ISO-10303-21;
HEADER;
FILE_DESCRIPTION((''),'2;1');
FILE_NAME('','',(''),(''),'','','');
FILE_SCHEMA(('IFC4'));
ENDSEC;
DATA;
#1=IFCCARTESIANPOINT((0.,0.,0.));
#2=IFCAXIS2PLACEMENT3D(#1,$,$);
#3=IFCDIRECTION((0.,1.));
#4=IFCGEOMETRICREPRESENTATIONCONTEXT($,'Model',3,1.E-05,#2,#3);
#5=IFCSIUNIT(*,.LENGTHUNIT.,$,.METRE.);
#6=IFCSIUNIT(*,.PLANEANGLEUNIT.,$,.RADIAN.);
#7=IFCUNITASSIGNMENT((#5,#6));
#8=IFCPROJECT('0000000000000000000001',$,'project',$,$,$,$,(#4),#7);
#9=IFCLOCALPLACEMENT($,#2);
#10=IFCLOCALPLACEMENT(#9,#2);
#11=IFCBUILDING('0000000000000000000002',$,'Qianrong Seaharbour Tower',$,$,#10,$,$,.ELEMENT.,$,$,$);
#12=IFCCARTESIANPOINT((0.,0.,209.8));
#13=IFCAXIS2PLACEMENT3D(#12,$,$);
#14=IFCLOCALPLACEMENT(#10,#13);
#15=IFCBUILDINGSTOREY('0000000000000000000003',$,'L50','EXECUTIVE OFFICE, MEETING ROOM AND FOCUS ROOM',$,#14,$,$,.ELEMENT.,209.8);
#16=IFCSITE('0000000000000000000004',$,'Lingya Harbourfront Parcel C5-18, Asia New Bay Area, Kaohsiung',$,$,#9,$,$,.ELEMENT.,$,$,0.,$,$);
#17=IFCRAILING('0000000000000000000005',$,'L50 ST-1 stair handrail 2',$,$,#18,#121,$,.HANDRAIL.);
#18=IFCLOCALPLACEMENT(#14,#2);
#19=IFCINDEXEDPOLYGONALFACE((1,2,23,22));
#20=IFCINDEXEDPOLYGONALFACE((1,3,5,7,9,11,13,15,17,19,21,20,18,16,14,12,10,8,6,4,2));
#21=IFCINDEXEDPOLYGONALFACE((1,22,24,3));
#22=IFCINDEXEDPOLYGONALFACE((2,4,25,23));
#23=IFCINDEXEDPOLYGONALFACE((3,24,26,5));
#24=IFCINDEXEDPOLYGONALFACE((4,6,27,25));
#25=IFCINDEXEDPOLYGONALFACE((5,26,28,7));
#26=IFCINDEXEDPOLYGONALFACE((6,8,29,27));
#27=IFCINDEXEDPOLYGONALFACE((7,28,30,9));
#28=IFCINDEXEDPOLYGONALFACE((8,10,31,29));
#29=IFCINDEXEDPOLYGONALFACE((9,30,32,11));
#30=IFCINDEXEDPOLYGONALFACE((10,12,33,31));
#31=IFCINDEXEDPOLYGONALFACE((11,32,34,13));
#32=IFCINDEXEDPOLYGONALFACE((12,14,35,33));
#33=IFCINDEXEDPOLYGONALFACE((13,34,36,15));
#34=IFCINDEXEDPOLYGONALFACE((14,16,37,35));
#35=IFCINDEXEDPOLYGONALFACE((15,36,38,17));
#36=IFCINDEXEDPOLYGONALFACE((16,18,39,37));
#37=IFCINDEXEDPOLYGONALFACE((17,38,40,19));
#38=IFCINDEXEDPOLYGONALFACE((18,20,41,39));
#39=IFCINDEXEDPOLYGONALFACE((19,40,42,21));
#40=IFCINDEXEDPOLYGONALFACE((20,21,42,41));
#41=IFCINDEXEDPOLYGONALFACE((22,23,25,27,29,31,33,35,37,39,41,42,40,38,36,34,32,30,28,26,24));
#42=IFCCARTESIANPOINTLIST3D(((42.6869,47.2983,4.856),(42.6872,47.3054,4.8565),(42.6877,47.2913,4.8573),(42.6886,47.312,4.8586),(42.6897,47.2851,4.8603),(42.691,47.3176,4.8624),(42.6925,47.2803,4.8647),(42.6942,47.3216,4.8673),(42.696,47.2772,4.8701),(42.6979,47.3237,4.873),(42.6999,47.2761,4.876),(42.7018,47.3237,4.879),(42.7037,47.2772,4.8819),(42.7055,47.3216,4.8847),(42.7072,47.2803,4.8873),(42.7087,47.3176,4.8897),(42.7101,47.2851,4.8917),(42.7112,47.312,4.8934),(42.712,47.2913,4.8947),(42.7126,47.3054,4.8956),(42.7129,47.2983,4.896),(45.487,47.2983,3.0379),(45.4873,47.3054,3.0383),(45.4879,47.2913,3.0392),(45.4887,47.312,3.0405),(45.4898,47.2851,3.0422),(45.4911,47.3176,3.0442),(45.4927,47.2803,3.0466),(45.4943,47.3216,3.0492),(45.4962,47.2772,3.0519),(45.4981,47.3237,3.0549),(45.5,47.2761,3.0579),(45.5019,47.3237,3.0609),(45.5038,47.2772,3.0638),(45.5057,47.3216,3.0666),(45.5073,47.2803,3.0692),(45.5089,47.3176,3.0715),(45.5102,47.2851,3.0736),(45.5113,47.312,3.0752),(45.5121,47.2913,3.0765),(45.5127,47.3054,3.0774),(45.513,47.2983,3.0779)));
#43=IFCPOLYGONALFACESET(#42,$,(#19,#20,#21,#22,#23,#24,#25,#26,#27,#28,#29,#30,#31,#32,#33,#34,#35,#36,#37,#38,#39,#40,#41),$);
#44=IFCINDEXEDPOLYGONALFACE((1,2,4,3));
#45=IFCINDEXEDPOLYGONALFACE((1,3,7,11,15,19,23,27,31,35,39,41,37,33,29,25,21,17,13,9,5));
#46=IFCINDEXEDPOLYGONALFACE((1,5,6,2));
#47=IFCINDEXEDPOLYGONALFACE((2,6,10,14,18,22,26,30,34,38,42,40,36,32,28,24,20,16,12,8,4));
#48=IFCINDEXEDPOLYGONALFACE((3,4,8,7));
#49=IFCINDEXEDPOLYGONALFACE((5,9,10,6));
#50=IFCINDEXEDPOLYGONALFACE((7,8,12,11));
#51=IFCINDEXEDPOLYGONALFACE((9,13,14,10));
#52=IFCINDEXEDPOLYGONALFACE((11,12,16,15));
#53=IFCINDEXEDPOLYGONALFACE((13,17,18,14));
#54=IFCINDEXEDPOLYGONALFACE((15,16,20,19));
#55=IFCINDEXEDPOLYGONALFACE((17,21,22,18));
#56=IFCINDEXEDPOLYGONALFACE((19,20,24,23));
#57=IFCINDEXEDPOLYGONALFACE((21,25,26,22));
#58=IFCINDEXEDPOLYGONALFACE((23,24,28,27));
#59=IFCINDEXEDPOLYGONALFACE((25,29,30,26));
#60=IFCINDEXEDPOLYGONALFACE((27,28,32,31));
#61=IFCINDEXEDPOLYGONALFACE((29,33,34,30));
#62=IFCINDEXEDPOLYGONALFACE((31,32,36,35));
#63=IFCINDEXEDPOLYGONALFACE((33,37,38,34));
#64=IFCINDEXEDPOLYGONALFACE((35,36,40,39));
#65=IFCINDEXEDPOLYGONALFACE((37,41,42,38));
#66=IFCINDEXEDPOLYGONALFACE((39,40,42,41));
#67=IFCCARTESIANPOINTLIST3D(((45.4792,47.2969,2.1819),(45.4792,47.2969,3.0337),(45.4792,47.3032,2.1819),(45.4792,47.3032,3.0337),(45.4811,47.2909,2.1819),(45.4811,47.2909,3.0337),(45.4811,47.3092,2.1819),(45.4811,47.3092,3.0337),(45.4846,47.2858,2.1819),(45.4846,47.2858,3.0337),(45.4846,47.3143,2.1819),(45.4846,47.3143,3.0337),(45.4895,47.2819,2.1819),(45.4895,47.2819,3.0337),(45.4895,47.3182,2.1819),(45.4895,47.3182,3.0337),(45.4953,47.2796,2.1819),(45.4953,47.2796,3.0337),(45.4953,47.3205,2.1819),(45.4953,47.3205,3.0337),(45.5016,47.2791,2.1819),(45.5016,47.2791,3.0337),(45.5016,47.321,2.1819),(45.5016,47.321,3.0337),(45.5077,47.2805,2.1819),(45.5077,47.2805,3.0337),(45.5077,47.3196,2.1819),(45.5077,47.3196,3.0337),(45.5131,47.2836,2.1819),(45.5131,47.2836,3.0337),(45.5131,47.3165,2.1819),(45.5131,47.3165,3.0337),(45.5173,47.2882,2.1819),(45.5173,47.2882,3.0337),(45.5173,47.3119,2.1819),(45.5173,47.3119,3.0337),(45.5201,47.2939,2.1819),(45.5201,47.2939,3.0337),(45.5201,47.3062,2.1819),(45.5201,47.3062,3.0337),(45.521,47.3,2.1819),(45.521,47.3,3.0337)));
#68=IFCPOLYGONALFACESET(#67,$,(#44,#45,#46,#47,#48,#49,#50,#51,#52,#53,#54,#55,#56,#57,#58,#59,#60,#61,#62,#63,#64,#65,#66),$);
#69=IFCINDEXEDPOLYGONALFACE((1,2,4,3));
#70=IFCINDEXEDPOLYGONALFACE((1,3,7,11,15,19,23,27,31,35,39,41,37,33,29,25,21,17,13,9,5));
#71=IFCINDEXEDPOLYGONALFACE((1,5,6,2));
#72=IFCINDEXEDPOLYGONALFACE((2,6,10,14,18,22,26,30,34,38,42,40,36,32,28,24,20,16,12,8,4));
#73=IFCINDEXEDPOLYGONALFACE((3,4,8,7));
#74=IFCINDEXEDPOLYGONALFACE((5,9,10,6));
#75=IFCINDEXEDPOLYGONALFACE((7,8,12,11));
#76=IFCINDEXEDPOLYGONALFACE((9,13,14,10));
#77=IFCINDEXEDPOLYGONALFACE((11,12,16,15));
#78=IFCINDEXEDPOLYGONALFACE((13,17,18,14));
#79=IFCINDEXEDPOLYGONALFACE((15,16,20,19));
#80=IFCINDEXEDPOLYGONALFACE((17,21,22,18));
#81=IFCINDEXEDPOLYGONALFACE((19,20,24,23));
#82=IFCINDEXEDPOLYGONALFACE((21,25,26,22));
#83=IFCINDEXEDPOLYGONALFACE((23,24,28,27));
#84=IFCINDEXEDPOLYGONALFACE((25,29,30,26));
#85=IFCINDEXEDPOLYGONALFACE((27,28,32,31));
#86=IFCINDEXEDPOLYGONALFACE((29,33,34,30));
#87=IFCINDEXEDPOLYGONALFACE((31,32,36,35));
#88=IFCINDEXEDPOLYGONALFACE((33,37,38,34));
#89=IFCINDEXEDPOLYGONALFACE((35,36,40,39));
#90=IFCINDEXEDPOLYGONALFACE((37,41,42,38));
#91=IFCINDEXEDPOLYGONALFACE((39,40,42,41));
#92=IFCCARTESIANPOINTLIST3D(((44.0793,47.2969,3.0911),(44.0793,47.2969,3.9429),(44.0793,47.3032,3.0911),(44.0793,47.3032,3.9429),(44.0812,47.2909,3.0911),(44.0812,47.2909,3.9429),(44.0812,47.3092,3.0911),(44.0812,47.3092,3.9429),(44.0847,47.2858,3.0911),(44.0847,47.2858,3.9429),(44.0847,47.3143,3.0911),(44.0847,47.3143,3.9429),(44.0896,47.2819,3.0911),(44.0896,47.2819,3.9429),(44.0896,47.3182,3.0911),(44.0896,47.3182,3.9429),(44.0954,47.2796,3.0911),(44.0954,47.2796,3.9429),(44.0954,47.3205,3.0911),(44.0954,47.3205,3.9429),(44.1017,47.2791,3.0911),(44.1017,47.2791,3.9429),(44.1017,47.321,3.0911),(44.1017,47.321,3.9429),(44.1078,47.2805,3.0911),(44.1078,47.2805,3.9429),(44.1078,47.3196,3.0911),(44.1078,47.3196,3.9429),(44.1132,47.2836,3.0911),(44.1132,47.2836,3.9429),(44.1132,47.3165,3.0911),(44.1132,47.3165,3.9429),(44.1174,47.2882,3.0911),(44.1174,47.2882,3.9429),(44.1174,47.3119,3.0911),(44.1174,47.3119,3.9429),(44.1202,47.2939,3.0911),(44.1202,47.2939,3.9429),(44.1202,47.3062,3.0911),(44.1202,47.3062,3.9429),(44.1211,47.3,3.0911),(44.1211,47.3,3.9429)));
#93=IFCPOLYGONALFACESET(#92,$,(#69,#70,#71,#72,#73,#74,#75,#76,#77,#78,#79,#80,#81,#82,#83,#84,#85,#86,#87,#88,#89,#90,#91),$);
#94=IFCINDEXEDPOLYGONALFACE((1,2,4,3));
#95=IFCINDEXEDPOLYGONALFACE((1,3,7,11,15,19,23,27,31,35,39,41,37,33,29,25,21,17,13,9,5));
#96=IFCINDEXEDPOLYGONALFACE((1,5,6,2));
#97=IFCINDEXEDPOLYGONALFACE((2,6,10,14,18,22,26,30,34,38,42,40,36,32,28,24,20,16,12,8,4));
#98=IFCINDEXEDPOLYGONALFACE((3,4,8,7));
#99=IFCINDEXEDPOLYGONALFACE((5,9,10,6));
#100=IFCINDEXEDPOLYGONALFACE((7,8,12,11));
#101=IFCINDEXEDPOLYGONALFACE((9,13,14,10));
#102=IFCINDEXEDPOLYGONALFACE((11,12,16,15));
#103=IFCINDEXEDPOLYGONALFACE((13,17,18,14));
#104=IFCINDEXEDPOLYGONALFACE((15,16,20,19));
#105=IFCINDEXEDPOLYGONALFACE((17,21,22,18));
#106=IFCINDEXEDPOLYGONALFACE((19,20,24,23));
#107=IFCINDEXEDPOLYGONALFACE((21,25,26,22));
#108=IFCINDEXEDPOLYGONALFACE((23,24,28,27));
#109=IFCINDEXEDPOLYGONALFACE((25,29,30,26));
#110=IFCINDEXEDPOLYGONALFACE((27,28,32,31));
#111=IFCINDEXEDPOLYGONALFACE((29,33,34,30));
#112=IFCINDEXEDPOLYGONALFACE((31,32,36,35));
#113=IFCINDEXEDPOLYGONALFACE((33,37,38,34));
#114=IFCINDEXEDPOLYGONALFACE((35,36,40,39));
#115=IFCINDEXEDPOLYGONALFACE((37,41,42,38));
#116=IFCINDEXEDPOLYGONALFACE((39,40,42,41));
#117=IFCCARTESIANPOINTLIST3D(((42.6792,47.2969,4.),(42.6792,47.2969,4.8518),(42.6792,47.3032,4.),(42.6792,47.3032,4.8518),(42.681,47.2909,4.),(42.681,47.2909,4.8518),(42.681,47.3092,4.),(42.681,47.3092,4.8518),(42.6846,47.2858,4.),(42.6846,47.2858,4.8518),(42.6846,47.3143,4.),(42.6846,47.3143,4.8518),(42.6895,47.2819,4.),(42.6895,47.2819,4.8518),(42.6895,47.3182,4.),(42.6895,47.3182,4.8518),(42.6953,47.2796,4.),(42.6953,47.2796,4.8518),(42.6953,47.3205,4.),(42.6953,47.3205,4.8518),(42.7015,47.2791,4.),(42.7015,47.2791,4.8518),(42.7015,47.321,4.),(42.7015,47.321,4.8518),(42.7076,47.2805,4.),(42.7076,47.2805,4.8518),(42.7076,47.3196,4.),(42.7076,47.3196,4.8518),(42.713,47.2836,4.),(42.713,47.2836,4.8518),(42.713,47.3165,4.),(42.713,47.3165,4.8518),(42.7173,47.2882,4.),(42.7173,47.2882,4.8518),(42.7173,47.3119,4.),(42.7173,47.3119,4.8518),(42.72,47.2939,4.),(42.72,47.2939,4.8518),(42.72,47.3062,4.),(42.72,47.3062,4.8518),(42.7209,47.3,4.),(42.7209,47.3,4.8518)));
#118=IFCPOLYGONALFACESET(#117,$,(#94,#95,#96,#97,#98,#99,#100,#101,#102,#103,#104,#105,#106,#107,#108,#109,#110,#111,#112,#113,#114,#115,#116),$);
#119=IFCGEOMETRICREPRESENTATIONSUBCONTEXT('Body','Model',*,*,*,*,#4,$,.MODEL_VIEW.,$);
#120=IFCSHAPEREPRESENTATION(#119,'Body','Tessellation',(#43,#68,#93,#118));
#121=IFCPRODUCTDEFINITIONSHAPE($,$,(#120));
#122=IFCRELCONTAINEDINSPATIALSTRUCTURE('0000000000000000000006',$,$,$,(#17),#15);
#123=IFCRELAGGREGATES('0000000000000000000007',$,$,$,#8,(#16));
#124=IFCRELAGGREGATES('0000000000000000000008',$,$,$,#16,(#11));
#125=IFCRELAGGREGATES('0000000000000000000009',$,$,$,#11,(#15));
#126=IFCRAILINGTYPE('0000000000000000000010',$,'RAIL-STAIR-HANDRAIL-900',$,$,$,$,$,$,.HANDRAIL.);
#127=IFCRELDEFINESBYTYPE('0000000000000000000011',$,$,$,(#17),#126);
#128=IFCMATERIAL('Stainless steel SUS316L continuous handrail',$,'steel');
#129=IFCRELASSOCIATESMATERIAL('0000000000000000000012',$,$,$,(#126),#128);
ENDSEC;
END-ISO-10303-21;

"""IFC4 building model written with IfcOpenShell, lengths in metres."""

from ifc_helpers import new_model, si_unit, direction, frame, origin, origin_2d, place, context, subcontext, project, spatial, circle, extrude, material, type_object, element, save


model = new_model("IFC4")

# Units and contexts
model_context = context("Model", 3, precision=1e-05, world=origin(), true_north=direction((0.0, 1.0)))
body_context = subcontext(model_context, "Body", "Model", "MODEL_VIEW")
ifc_project = project(units=[si_unit("LENGTHUNIT", "METRE"), si_unit("PLANEANGLEUNIT", "RADIAN")], contexts=[model_context])

# Site, building, storey
site_placement = place(None, origin())
site = spatial("IfcSite", under=ifc_project, at=site_placement, Name="Lingya Harbourfront Parcel C5-18, Asia New Bay Area, Kaohsiung", CompositionType="ELEMENT", RefElevation=0.0)
building_placement = place(site_placement, origin())
building = spatial("IfcBuilding", under=site, at=building_placement, Name="Qianrong Seaharbour Tower", CompositionType="ELEMENT")
storey_placement = place(building_placement, frame((0.0, 0.0, 209.8)))
storey = spatial("IfcBuildingStorey", under=building, at=storey_placement, Name="L50", Description="EXECUTIVE OFFICE, MEETING ROOM AND FOCUS ROOM", CompositionType="ELEMENT", Elevation=209.8)

# Railing
ifc_material_1 = material(Name="Stainless steel SUS316L continuous handrail", Category="steel")
railing_type_1 = type_object("IfcRailingType", Name="RAIL-STAIR-HANDRAIL-900", PredefinedType="HANDRAIL", material=ifc_material_1)
railing_1_placement = place(storey_placement, frame((45.5, 47.3, 2.1819)))
element("IfcRailing", 1, at=railing_1_placement, inside=storey, type_object=railing_type_1, Name="L50 ST-1 stair handrail 2", PredefinedType="HANDRAIL", context=body_context, shape_type="SweptSolid", body=[
    extrude(circle(Radius=0.0239, at=origin_2d()), frame((0.0, 0.0, 0.876), z_axis=(-0.838706, 0.0, 0.544585), x_axis=(0.0, -1.0, 0.0)), (0.0, 0.0, 1.0), 3.3386),
    extrude(circle(Radius=0.021, at=origin_2d()), origin(), (0.0, 0.0, 1.0), 0.8518),
    extrude(circle(Radius=0.021, at=origin_2d()), frame((-1.3999, 0.0, 0.9092)), (0.0, 0.0, 1.0), 0.8518),
    extrude(circle(Radius=0.021, at=origin_2d()), frame((-2.8, 0.0, 1.8181)), (0.0, 0.0, 1.0), 0.8518),
])

save(model, "model.ifc")
